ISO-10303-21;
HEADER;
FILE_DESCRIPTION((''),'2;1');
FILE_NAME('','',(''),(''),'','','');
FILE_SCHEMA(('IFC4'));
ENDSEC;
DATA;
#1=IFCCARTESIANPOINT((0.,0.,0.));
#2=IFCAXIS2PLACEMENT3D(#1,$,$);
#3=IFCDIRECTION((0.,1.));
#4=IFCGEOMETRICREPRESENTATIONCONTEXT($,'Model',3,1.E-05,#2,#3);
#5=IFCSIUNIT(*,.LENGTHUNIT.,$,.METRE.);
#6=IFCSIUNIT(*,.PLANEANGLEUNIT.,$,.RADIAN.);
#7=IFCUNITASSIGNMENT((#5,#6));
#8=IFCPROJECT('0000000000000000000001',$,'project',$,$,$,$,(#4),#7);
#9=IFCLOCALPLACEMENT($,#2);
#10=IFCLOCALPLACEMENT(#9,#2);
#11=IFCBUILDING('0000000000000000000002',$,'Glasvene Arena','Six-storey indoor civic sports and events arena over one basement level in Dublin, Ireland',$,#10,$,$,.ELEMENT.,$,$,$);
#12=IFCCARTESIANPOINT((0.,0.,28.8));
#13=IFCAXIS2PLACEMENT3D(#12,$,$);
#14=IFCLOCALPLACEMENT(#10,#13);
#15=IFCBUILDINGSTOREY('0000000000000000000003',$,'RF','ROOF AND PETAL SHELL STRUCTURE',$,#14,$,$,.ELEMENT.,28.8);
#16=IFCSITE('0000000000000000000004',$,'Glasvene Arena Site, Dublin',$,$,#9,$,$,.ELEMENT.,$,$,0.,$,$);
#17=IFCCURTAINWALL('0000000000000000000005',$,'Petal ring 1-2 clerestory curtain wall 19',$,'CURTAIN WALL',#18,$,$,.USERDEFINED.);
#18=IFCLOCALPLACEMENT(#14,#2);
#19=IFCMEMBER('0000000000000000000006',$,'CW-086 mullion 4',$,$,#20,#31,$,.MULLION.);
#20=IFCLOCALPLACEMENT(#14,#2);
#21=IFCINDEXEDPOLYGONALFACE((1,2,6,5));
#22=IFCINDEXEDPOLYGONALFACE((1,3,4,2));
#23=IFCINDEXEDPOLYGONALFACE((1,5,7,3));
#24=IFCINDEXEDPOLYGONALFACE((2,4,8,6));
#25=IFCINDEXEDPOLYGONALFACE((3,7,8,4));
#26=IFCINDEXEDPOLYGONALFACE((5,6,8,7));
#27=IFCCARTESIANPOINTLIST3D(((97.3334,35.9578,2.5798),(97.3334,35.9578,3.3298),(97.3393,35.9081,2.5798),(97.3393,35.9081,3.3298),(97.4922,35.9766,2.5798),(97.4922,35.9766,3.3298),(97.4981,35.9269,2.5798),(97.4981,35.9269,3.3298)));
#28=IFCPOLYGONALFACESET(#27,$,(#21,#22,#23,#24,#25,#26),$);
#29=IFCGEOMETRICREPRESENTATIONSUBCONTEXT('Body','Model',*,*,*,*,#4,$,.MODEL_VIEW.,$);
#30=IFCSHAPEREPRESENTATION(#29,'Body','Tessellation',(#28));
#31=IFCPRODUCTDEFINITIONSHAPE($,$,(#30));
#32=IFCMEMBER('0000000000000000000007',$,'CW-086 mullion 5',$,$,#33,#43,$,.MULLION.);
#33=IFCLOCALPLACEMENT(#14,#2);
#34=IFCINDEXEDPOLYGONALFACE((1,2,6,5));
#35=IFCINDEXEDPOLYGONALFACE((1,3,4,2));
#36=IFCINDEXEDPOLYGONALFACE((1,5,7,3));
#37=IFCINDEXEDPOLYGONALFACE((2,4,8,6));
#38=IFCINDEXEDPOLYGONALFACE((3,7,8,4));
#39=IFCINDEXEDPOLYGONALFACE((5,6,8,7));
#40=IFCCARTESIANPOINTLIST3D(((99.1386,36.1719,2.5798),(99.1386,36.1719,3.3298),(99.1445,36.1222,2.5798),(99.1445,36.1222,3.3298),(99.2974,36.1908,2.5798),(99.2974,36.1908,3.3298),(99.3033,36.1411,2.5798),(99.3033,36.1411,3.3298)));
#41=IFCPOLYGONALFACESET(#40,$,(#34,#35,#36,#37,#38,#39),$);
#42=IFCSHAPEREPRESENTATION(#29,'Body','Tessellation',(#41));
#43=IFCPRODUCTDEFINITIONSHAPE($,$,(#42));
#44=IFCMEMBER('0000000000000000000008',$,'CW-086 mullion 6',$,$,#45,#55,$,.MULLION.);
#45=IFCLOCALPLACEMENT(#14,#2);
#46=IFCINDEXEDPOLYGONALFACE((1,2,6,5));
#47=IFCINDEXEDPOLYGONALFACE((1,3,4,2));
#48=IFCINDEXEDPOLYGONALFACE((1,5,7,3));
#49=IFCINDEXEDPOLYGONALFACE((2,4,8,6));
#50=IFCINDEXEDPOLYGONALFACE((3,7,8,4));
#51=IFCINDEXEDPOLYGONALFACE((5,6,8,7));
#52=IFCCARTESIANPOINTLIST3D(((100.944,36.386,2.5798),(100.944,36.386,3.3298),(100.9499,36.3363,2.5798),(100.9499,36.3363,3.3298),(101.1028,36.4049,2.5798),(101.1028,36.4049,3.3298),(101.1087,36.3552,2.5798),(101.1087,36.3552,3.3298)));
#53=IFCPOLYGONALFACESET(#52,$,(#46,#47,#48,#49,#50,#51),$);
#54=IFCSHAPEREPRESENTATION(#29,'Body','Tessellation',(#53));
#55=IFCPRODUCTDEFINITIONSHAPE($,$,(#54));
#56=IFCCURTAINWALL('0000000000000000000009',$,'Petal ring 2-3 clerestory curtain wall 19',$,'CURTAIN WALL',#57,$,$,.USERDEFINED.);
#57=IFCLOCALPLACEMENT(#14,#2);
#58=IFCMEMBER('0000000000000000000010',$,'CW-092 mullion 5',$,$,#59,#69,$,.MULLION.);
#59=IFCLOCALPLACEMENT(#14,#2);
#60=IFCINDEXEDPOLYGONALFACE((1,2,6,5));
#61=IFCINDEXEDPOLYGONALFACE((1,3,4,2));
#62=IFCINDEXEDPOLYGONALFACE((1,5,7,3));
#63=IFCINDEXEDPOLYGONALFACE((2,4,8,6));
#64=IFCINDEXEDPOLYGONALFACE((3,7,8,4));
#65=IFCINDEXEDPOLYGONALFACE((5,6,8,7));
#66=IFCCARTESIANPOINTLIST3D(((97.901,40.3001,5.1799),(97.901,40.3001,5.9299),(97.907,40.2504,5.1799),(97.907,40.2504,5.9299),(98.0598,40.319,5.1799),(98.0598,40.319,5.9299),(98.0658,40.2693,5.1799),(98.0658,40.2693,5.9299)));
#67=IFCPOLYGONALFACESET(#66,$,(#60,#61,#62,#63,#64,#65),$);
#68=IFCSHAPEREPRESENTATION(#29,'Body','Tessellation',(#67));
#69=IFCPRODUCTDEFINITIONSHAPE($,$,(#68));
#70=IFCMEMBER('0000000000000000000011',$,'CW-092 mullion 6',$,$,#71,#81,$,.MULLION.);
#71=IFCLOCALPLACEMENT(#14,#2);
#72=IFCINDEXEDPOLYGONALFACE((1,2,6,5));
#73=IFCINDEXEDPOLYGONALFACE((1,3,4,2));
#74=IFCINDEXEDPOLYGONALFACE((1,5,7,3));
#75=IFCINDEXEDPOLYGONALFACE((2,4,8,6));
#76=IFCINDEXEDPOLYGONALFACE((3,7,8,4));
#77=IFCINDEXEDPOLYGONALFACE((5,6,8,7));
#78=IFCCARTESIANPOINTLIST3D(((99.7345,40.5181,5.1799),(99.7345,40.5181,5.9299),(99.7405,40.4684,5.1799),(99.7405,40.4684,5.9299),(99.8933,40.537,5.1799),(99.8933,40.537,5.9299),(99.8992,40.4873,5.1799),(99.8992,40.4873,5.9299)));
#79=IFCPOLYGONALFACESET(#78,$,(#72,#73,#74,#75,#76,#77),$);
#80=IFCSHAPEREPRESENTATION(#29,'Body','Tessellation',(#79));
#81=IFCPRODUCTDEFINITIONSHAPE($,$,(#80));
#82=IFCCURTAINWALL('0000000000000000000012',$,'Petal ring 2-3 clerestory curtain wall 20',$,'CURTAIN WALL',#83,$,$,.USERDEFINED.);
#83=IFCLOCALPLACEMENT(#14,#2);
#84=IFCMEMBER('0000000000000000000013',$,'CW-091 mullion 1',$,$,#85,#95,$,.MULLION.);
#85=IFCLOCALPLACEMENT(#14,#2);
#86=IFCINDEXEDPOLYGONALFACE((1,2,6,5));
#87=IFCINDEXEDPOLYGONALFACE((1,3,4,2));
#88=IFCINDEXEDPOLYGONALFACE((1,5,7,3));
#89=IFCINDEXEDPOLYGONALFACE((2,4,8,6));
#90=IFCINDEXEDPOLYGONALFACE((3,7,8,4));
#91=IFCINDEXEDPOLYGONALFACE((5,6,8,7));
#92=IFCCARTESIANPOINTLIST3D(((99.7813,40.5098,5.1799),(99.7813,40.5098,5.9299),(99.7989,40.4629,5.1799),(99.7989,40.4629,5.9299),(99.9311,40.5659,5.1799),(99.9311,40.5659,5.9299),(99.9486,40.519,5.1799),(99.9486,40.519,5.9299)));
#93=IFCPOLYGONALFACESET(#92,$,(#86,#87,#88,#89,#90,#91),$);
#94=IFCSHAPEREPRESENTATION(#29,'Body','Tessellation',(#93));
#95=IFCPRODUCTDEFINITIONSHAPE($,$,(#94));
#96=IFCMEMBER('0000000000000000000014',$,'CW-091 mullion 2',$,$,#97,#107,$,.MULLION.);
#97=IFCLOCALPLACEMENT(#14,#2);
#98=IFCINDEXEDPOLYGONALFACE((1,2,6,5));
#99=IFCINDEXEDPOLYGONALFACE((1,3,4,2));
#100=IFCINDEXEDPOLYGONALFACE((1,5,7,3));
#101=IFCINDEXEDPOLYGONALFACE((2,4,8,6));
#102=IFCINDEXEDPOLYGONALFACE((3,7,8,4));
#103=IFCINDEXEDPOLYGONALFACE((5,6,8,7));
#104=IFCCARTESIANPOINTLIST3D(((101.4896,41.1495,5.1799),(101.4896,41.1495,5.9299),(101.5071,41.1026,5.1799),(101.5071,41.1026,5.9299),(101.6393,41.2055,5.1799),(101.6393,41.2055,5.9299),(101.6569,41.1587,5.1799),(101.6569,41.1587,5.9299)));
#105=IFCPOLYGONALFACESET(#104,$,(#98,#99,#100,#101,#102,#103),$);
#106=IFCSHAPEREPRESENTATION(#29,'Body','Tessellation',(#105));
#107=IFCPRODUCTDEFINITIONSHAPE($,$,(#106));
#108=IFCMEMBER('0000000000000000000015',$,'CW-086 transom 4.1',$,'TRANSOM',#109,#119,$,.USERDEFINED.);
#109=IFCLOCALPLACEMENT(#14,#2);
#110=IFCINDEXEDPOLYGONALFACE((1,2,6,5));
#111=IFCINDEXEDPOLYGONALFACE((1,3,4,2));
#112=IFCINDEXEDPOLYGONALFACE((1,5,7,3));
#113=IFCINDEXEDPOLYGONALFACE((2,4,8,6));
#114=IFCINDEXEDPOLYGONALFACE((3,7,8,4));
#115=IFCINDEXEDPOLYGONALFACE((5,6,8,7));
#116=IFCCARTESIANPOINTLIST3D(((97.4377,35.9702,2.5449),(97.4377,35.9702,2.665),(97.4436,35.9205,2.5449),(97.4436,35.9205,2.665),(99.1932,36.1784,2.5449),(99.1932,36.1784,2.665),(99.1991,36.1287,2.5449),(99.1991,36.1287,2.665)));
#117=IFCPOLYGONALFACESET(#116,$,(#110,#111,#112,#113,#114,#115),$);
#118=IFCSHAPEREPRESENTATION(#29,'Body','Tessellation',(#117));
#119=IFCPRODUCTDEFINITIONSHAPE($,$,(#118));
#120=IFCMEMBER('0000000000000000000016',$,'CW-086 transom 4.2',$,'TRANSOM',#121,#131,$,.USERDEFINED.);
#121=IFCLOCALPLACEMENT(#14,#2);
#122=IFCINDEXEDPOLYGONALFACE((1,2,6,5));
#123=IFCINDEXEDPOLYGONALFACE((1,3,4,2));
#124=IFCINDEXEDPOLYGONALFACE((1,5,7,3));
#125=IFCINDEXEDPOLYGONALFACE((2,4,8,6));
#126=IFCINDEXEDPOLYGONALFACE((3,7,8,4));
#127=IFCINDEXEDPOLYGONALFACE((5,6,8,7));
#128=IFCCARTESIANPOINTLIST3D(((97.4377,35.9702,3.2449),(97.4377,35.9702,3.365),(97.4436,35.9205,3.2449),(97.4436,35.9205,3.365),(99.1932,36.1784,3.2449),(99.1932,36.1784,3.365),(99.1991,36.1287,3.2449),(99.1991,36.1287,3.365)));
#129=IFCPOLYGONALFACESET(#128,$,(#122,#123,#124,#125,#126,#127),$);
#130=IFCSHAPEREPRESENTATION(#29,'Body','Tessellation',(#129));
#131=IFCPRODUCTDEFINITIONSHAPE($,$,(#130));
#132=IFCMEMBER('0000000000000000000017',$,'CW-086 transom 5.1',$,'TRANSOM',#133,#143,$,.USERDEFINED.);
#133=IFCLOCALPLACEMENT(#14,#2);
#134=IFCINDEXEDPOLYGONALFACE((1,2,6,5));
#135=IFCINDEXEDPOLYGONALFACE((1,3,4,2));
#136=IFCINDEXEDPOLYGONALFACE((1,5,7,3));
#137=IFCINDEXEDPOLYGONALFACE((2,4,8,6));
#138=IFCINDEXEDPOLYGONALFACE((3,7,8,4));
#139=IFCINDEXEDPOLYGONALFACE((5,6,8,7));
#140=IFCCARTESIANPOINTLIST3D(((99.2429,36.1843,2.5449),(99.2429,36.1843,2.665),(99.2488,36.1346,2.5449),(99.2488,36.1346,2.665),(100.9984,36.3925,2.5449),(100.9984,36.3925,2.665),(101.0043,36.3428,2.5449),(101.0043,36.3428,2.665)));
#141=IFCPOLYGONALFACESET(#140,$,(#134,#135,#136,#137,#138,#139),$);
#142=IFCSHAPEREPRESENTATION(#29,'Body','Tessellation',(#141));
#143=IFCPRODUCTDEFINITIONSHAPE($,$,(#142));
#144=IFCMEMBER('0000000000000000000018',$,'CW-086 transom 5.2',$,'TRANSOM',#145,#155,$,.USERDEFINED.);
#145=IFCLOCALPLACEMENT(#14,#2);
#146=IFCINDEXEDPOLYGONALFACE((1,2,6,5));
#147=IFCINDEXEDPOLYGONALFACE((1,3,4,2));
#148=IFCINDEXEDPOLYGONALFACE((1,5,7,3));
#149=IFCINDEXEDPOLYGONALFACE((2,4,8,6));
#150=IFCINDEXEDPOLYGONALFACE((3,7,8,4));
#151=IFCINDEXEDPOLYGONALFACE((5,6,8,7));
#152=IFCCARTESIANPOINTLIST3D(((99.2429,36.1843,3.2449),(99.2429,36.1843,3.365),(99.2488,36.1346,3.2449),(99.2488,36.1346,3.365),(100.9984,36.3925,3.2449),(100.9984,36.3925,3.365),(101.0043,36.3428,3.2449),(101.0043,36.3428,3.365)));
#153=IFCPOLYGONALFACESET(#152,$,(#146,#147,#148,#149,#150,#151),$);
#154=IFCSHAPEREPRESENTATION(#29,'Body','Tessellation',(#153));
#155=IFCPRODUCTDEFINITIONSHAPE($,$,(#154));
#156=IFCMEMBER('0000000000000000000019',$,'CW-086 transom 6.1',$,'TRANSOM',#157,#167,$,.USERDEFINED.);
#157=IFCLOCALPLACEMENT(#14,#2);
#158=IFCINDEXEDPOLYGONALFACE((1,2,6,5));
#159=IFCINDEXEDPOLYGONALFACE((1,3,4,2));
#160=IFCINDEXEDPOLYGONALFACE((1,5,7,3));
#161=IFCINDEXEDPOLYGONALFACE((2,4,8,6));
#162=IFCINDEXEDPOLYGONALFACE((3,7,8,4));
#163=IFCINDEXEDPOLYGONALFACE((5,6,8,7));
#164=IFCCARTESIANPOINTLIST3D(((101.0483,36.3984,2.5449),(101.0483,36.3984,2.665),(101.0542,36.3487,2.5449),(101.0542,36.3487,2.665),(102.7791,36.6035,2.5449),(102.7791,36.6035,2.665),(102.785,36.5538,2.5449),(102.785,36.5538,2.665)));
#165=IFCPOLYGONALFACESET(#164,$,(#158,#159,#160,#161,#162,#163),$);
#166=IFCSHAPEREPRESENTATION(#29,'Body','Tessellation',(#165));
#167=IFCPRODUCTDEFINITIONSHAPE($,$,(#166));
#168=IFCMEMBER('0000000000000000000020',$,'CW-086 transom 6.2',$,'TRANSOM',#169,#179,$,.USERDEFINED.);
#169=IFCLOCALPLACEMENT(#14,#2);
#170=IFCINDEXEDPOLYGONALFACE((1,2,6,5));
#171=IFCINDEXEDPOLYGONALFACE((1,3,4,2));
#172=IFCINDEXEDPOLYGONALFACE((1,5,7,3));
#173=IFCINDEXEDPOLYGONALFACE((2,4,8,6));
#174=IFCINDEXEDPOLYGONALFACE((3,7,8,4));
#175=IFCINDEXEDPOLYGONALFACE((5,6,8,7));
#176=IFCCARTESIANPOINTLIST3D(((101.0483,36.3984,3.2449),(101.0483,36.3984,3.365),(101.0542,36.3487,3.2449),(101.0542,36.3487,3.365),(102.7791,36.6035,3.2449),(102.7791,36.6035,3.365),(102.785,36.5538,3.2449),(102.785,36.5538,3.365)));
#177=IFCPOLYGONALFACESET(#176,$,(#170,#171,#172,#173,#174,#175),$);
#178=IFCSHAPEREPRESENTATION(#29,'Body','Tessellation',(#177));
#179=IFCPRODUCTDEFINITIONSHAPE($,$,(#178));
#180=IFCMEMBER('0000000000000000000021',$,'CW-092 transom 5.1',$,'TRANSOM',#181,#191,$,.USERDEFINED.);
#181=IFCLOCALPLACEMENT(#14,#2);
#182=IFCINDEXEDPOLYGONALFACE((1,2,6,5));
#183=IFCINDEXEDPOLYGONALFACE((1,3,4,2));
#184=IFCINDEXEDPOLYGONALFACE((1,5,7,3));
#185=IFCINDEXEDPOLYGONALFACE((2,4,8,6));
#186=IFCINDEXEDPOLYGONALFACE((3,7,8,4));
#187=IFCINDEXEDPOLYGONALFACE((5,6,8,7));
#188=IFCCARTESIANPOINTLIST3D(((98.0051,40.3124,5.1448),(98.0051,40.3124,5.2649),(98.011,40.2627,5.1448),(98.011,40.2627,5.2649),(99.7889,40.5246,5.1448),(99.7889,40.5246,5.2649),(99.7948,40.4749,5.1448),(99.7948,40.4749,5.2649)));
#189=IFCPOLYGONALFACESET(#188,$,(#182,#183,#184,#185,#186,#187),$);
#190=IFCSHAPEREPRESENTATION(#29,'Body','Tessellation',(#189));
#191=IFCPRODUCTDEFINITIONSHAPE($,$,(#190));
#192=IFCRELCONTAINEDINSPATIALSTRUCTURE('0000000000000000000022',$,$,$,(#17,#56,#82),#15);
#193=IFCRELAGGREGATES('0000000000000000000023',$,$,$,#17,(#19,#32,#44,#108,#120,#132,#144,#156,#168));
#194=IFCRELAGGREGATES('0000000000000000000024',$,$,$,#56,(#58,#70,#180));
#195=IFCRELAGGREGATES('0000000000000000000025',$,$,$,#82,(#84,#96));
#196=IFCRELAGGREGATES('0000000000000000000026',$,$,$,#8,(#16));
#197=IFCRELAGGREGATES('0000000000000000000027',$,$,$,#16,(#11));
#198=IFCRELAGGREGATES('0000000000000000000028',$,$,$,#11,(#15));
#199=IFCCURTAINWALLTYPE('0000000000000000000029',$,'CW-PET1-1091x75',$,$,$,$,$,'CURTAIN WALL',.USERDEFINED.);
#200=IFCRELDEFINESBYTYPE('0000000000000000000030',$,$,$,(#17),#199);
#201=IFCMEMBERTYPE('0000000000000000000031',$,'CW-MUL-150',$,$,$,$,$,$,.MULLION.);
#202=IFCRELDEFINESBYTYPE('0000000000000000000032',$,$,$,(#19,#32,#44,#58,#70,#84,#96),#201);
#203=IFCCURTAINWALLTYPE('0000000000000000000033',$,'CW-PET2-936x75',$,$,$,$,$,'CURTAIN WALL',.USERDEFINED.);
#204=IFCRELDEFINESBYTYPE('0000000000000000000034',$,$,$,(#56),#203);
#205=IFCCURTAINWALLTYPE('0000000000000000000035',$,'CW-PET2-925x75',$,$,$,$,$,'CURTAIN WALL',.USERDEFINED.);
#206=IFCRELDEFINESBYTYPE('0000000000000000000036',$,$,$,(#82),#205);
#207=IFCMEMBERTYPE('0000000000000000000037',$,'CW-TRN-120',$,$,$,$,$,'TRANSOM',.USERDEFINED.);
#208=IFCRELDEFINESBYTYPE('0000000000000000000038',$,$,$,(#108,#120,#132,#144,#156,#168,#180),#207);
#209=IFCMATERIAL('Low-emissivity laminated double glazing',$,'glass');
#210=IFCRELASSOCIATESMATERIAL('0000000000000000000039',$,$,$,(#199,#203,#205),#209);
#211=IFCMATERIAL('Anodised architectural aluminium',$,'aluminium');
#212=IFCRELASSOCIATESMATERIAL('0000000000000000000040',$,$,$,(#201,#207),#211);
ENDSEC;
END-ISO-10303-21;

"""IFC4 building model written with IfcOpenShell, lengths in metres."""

from ifc_helpers import new_model, si_unit, direction, frame, origin, origin_2d, place, context, subcontext, project, spatial, rectangle, extrude, material, material_profile, profile_set, type_object, element, aggregate, save


model = new_model("IFC4")

# Units and contexts
model_context = context("Model", 3, precision=1e-05, world=origin(), true_north=direction((0.0, 1.0)))
body_context = subcontext(model_context, "Body", "Model", "MODEL_VIEW")
ifc_project = project(units=[si_unit("LENGTHUNIT", "METRE"), si_unit("PLANEANGLEUNIT", "RADIAN")], contexts=[model_context])

# Site, building, storey
site_placement = place(None, origin())
site = spatial("IfcSite", under=ifc_project, at=site_placement, Name="Glasvene Arena Site, Dublin", CompositionType="ELEMENT", RefElevation=0.0)
building_placement = place(site_placement, origin())
building = spatial("IfcBuilding", under=site, at=building_placement, Name="Glasvene Arena", Description="Six-storey indoor civic sports and events arena over one basement level in Dublin, Ireland", CompositionType="ELEMENT")
storey_placement = place(building_placement, frame((0.0, 0.0, 28.8)))
storey = spatial("IfcBuildingStorey", under=building, at=storey_placement, Name="RF", Description="ROOF AND PETAL SHELL STRUCTURE", CompositionType="ELEMENT", Elevation=28.8)

# Curtain walls, members
ifc_material_1 = material(Name="Low-emissivity laminated double glazing", Category="glass")
curtain_wall_type_1 = type_object("IfcCurtainWallType", Name="CW-PET1-1091x75", ElementType="CURTAIN WALL", PredefinedType="USERDEFINED", material=ifc_material_1)
curtain_wall_1_placement = place(storey_placement, frame((92.0, 35.3, 0.0)))
curtain_wall_1 = element("IfcCurtainWall", 1, at=curtain_wall_1_placement, inside=storey, type_object=curtain_wall_type_1, Name="Petal ring 1-2 clerestory curtain wall 19", ObjectType="CURTAIN WALL", PredefinedType="USERDEFINED")
ifc_material_2 = material(Name="Anodised architectural aluminium", Category="aluminium")
ifc_material_profile_1 = material_profile(ifc_material_2, rectangle(XDim=0.05, YDim=0.1599, at=origin_2d()), Name="ALU MULLION 50x160")
ifc_profile_set_1 = profile_set([ifc_material_profile_1], Name="Anodised architectural aluminium")
member_type_1 = type_object("IfcMemberType", Name="CW-MUL-150", PredefinedType="MULLION", material=ifc_profile_set_1)
member_1_placement = place(storey_placement, frame((97.4158, 35.9424, 2.5798), z_axis=(0.0, 0.0, 1.0), x_axis=(-0.117772, 0.993041, 0.0)))
member_1 = element("IfcMember", 2, at=member_1_placement, type_object=member_type_1, Name="CW-086 mullion 4", PredefinedType="MULLION", context=body_context, shape_type="SweptSolid", body=[
    extrude(rectangle(XDim=0.05, YDim=0.1599, at=origin_2d()), origin(), (0.0, 0.0, 1.0), 0.75),
])
member_2_placement = place(storey_placement, frame((99.2209, 36.1565, 2.5798), z_axis=(0.0, 0.0, 1.0), x_axis=(-0.117772, 0.993041, 0.0)))
member_2 = element("IfcMember", 3, at=member_2_placement, type_object=member_type_1, Name="CW-086 mullion 5", PredefinedType="MULLION", context=body_context, shape_type="SweptSolid", body=[
    extrude(rectangle(XDim=0.05, YDim=0.1599, at=origin_2d()), origin(), (0.0, 0.0, 1.0), 0.75),
])
member_3_placement = place(storey_placement, frame((101.0264, 36.3706, 2.5798), z_axis=(0.0, 0.0, 1.0), x_axis=(-0.117772, 0.993041, 0.0)))
member_3 = element("IfcMember", 4, at=member_3_placement, type_object=member_type_1, Name="CW-086 mullion 6", PredefinedType="MULLION", context=body_context, shape_type="SweptSolid", body=[
    extrude(rectangle(XDim=0.05, YDim=0.1599, at=origin_2d()), origin(), (0.0, 0.0, 1.0), 0.75),
])
curtain_wall_type_2 = type_object("IfcCurtainWallType", Name="CW-PET2-936x75", ElementType="CURTAIN WALL", PredefinedType="USERDEFINED", material=ifc_material_1)
curtain_wall_2_placement = place(storey_placement, frame((90.55, 39.3999, 0.0)))
curtain_wall_2 = element("IfcCurtainWall", 5, at=curtain_wall_2_placement, inside=storey, type_object=curtain_wall_type_2, Name="Petal ring 2-3 clerestory curtain wall 19", ObjectType="CURTAIN WALL", PredefinedType="USERDEFINED")
member_4_placement = place(storey_placement, frame((97.9834, 40.2847, 5.1799), z_axis=(0.0, 0.0, 1.0), x_axis=(-0.118166, 0.992994, 0.0)))
member_4 = element("IfcMember", 6, at=member_4_placement, type_object=member_type_1, Name="CW-092 mullion 5", PredefinedType="MULLION", context=body_context, shape_type="SweptSolid", body=[
    extrude(rectangle(XDim=0.05, YDim=0.1599, at=origin_2d()), origin(), (0.0, 0.0, 1.0), 0.75),
])
member_5_placement = place(storey_placement, frame((99.8169, 40.5027, 5.1799), z_axis=(0.0, 0.0, 1.0), x_axis=(-0.118166, 0.992994, 0.0)))
member_5 = element("IfcMember", 7, at=member_5_placement, type_object=member_type_1, Name="CW-092 mullion 6", PredefinedType="MULLION", context=body_context, shape_type="SweptSolid", body=[
    extrude(rectangle(XDim=0.05, YDim=0.1599, at=origin_2d()), origin(), (0.0, 0.0, 1.0), 0.75),
])
curtain_wall_type_3 = type_object("IfcCurtainWallType", Name="CW-PET2-925x75", ElementType="CURTAIN WALL", PredefinedType="USERDEFINED", material=ifc_material_1)
curtain_wall_3_placement = place(storey_placement, frame((99.8416, 40.5056, 0.0)))
curtain_wall_3 = element("IfcCurtainWall", 8, at=curtain_wall_3_placement, inside=storey, type_object=curtain_wall_type_3, Name="Petal ring 2-3 clerestory curtain wall 20", ObjectType="CURTAIN WALL", PredefinedType="USERDEFINED")
member_6_placement = place(storey_placement, frame((99.865, 40.5144, 5.1799), z_axis=(0.0, 0.0, 1.0), x_axis=(-0.35064, 0.93651, 0.0)))
member_6 = element("IfcMember", 9, at=member_6_placement, type_object=member_type_1, Name="CW-091 mullion 1", PredefinedType="MULLION", context=body_context, shape_type="SweptSolid", body=[
    extrude(rectangle(XDim=0.05, YDim=0.1599, at=origin_2d()), origin(), (0.0, 0.0, 1.0), 0.75),
])
member_7_placement = place(storey_placement, frame((101.5732, 41.1541, 5.1799), z_axis=(0.0, 0.0, 1.0), x_axis=(-0.35064, 0.93651, 0.0)))
member_7 = element("IfcMember", 10, at=member_7_placement, type_object=member_type_1, Name="CW-091 mullion 2", PredefinedType="MULLION", context=body_context, shape_type="SweptSolid", body=[
    extrude(rectangle(XDim=0.05, YDim=0.1599, at=origin_2d()), origin(), (0.0, 0.0, 1.0), 0.75),
])

# Members
ifc_material_profile_2 = material_profile(ifc_material_2, rectangle(XDim=0.05, YDim=0.1201, at=origin_2d()), Name="ALU TRANSOM 50x120")
ifc_profile_set_2 = profile_set([ifc_material_profile_2], Name="Anodised architectural aluminium")
member_type_2 = type_object("IfcMemberType", Name="CW-TRN-120", ElementType="TRANSOM", PredefinedType="USERDEFINED", material=ifc_profile_set_2)
member_8_placement = place(storey_placement, frame((97.4407, 35.9453, 2.605), z_axis=(0.993038, 0.117795, 0.0), x_axis=(-0.117795, 0.993038, 0.0)))
member_8 = element("IfcMember", 11, at=member_8_placement, type_object=member_type_2, Name="CW-086 transom 4.1", ObjectType="TRANSOM", PredefinedType="USERDEFINED", context=body_context, shape_type="SweptSolid", body=[
    extrude(rectangle(XDim=0.05, YDim=0.1201, at=origin_2d()), origin(), (0.0, 0.0, 1.0), 1.7678),
])
member_9_placement = place(storey_placement, frame((97.4407, 35.9453, 3.3049), z_axis=(0.993038, 0.117795, 0.0), x_axis=(-0.117795, 0.993038, 0.0)))
member_9 = element("IfcMember", 12, at=member_9_placement, type_object=member_type_2, Name="CW-086 transom 4.2", ObjectType="TRANSOM", PredefinedType="USERDEFINED", context=body_context, shape_type="SweptSolid", body=[
    extrude(rectangle(XDim=0.05, YDim=0.1201, at=origin_2d()), origin(), (0.0, 0.0, 1.0), 1.7678),
])
member_10_placement = place(storey_placement, frame((99.2458, 36.1594, 2.605), z_axis=(0.993038, 0.117795, 0.0), x_axis=(-0.117795, 0.993038, 0.0)))
member_10 = element("IfcMember", 13, at=member_10_placement, type_object=member_type_2, Name="CW-086 transom 5.1", ObjectType="TRANSOM", PredefinedType="USERDEFINED", context=body_context, shape_type="SweptSolid", body=[
    extrude(rectangle(XDim=0.05, YDim=0.1201, at=origin_2d()), origin(), (0.0, 0.0, 1.0), 1.7678),
])
member_11_placement = place(storey_placement, frame((99.2458, 36.1594, 3.3049), z_axis=(0.993038, 0.117795, 0.0), x_axis=(-0.117795, 0.993038, 0.0)))
member_11 = element("IfcMember", 14, at=member_11_placement, type_object=member_type_2, Name="CW-086 transom 5.2", ObjectType="TRANSOM", PredefinedType="USERDEFINED", context=body_context, shape_type="SweptSolid", body=[
    extrude(rectangle(XDim=0.05, YDim=0.1201, at=origin_2d()), origin(), (0.0, 0.0, 1.0), 1.7678),
])
member_12_placement = place(storey_placement, frame((101.0513, 36.3735, 2.605), z_axis=(0.993053, 0.11767, 0.0), x_axis=(-0.11767, 0.993053, 0.0)))
member_12 = element("IfcMember", 15, at=member_12_placement, type_object=member_type_2, Name="CW-086 transom 6.1", ObjectType="TRANSOM", PredefinedType="USERDEFINED", context=body_context, shape_type="SweptSolid", body=[
    extrude(rectangle(XDim=0.05, YDim=0.1201, at=origin_2d()), origin(), (0.0, 0.0, 1.0), 1.7429),
])
member_13_placement = place(storey_placement, frame((101.0513, 36.3735, 3.3049), z_axis=(0.993053, 0.11767, 0.0), x_axis=(-0.11767, 0.993053, 0.0)))
member_13 = element("IfcMember", 16, at=member_13_placement, type_object=member_type_2, Name="CW-086 transom 6.2", ObjectType="TRANSOM", PredefinedType="USERDEFINED", context=body_context, shape_type="SweptSolid", body=[
    extrude(rectangle(XDim=0.05, YDim=0.1201, at=origin_2d()), origin(), (0.0, 0.0, 1.0), 1.7429),
])
member_14_placement = place(storey_placement, frame((98.0081, 40.2876, 5.2048), z_axis=(0.993002, 0.118095, 0.0), x_axis=(-0.118095, 0.993002, 0.0)))
member_14 = element("IfcMember", 17, at=member_14_placement, type_object=member_type_2, Name="CW-092 transom 5.1", ObjectType="TRANSOM", PredefinedType="USERDEFINED", context=body_context, shape_type="SweptSolid", body=[
    extrude(rectangle(XDim=0.05, YDim=0.1201, at=origin_2d()), origin(), (0.0, 0.0, 1.0), 1.7964),
])

aggregate(curtain_wall_1, [member_1, member_2, member_3, member_8, member_9, member_10, member_11, member_12, member_13])
aggregate(curtain_wall_2, [member_4, member_5, member_14])
aggregate(curtain_wall_3, [member_6, member_7])

save(model, "model.ifc")
